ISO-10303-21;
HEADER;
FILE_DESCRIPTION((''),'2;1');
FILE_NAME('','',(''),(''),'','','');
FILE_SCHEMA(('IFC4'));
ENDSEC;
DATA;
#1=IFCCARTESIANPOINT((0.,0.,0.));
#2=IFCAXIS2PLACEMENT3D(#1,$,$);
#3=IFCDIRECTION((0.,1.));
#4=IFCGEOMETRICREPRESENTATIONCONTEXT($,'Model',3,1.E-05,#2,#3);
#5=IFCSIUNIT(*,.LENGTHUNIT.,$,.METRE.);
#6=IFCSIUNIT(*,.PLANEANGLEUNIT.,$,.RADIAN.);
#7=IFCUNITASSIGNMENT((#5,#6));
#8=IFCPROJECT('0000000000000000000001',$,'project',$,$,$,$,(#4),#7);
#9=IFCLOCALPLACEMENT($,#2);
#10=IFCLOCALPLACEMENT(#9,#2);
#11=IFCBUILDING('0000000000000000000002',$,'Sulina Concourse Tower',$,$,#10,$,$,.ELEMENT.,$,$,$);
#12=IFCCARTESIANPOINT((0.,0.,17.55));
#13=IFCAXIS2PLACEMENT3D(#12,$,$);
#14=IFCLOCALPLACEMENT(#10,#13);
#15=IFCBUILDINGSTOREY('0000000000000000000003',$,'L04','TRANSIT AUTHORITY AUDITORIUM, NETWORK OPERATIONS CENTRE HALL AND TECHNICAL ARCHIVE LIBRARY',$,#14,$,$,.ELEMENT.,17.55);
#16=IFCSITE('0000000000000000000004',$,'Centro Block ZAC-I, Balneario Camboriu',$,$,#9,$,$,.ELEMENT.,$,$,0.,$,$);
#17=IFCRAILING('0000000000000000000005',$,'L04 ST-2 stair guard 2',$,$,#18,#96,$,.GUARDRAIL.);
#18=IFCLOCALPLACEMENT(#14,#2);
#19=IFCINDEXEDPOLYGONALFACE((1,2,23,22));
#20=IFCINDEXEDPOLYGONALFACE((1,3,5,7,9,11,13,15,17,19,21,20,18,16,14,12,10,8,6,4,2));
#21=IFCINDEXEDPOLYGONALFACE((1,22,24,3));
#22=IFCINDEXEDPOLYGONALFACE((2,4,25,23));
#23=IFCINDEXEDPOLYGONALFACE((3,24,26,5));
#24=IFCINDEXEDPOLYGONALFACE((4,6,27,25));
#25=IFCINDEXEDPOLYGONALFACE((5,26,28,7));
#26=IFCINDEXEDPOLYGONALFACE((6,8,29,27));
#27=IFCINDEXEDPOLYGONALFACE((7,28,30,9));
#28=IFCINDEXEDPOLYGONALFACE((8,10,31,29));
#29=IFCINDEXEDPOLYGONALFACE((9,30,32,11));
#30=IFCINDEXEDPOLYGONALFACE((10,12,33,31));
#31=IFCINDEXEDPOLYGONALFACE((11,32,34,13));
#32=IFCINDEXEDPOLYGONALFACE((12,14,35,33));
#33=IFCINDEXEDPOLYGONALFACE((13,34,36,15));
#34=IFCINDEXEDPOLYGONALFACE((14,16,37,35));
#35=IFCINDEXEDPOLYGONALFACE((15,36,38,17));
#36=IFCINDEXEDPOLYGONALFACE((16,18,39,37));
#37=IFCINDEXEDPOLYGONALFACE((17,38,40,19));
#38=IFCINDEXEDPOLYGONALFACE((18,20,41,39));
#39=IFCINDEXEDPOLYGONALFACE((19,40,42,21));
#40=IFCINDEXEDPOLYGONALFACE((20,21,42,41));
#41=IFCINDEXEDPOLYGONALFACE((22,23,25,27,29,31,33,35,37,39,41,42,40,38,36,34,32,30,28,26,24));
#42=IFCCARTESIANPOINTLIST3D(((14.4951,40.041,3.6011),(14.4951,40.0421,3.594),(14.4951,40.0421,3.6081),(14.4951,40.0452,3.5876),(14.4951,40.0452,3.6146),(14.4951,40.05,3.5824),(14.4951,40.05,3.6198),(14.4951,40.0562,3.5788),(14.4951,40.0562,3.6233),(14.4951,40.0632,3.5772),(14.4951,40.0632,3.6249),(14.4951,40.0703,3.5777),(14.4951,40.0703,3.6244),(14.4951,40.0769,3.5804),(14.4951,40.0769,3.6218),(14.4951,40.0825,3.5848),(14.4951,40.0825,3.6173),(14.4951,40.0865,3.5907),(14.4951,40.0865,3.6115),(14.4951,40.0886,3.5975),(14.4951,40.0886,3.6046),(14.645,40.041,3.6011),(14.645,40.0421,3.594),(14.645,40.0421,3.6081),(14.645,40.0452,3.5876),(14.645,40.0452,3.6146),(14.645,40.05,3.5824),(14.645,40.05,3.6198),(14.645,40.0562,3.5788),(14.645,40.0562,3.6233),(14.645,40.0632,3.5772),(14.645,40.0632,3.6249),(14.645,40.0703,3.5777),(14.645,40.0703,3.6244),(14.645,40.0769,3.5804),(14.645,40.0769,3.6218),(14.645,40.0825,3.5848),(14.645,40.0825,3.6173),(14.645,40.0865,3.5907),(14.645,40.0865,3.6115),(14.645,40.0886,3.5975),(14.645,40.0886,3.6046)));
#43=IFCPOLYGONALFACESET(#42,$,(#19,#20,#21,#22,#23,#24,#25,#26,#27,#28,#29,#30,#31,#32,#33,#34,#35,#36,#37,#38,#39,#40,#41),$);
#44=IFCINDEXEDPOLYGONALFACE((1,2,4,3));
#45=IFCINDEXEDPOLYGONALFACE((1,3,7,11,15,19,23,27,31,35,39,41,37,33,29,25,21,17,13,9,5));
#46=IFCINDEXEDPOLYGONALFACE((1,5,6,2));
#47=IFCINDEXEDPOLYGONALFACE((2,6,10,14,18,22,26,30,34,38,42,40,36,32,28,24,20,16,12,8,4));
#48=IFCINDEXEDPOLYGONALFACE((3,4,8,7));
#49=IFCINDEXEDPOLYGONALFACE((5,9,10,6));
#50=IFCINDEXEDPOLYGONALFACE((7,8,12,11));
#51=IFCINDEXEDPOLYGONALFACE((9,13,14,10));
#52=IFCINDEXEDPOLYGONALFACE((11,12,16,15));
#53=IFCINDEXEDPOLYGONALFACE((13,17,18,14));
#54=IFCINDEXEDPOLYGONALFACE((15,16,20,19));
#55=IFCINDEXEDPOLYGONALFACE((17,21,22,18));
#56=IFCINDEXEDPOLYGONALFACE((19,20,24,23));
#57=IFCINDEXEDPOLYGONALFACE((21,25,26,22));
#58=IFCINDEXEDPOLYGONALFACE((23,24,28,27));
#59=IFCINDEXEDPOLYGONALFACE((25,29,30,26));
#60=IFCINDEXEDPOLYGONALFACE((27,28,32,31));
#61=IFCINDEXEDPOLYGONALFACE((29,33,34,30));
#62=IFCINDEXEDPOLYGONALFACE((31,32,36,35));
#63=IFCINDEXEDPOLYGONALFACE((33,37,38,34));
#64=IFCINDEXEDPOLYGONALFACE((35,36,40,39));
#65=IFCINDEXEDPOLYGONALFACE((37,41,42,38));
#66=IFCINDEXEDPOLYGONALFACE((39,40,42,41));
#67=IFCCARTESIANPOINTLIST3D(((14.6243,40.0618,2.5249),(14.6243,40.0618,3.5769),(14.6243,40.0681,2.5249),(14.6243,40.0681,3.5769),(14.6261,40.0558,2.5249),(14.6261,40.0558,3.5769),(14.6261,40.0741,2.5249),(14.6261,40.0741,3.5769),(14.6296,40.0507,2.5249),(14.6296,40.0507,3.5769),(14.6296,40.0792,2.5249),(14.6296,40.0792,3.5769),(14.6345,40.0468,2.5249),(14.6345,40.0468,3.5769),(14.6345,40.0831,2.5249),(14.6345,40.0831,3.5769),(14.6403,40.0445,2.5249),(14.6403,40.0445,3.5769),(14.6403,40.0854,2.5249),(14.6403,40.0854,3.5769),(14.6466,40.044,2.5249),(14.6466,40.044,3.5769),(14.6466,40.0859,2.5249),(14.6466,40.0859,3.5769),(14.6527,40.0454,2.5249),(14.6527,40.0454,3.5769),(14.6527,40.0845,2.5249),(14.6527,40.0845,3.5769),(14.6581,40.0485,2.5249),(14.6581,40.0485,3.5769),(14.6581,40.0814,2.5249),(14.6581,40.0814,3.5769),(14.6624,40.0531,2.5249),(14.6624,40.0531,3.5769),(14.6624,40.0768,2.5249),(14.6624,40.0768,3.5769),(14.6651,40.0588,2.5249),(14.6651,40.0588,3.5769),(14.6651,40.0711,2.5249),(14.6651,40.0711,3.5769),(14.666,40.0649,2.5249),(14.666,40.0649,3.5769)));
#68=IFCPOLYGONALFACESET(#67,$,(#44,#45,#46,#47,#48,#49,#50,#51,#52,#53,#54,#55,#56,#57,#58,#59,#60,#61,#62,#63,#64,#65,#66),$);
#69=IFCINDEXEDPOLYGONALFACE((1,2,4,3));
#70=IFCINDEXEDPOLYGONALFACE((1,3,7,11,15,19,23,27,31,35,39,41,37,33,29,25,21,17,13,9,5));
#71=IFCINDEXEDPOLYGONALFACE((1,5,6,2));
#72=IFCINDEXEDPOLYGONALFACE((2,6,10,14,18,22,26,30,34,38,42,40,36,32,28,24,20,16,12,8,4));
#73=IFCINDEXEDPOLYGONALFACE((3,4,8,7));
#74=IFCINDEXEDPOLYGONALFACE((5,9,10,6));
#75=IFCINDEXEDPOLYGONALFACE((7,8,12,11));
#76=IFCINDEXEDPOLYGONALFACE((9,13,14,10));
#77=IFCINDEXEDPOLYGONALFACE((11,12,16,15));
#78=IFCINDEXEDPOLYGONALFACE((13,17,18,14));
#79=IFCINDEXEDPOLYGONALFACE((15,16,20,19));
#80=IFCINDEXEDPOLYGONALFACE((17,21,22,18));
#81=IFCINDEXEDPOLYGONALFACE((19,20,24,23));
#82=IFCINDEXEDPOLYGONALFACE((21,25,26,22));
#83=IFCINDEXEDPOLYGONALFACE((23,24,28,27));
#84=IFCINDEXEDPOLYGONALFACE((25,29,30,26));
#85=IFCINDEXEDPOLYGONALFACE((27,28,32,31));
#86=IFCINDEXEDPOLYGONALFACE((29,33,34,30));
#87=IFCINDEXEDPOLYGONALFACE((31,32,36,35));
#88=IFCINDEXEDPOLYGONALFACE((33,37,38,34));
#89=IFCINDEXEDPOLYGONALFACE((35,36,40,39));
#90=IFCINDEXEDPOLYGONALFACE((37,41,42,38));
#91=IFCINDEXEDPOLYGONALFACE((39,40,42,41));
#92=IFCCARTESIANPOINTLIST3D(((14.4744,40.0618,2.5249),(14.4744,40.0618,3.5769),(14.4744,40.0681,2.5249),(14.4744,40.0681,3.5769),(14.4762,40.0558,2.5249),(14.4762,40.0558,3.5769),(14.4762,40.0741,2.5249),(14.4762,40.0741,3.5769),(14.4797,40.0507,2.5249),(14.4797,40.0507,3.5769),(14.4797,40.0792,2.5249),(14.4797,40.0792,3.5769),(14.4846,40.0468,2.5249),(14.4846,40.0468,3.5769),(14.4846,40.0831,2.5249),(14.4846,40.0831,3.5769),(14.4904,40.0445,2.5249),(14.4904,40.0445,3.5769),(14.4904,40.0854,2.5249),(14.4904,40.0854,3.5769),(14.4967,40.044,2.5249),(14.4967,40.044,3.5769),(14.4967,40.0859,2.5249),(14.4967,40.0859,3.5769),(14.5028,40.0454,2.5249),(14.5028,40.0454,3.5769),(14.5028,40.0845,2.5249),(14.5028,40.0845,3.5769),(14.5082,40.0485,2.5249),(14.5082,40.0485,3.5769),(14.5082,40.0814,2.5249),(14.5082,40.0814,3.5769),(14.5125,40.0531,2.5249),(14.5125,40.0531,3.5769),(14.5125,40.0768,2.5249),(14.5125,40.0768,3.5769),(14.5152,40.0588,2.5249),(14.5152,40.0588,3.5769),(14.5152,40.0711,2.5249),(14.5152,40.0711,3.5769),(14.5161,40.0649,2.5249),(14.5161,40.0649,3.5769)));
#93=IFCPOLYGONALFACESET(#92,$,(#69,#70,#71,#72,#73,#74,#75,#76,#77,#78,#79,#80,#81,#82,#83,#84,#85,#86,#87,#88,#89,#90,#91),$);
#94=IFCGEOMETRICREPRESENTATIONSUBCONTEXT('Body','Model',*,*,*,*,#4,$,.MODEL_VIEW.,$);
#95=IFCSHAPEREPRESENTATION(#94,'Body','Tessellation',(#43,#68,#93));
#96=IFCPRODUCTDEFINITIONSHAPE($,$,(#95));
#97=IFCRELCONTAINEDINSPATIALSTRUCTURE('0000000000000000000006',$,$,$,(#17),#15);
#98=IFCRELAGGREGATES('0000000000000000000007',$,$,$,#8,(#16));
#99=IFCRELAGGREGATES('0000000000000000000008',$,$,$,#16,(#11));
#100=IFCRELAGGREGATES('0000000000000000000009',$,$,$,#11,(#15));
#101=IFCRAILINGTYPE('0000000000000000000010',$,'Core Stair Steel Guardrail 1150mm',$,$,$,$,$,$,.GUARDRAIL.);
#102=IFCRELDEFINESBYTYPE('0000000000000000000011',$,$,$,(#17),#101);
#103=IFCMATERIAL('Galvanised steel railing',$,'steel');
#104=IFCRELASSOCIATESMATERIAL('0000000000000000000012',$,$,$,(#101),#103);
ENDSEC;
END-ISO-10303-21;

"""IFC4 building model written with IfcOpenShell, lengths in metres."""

from ifc_helpers import new_model, si_unit, direction, frame, origin, origin_2d, place, context, subcontext, project, spatial, circle, extrude, material, type_object, element, save


model = new_model("IFC4")

# Units and contexts
model_context = context("Model", 3, precision=1e-05, world=origin(), true_north=direction((0.0, 1.0)))
body_context = subcontext(model_context, "Body", "Model", "MODEL_VIEW")
ifc_project = project(units=[si_unit("LENGTHUNIT", "METRE"), si_unit("PLANEANGLEUNIT", "RADIAN")], contexts=[model_context])

# Site, building, storey
site_placement = place(None, origin())
site = spatial("IfcSite", under=ifc_project, at=site_placement, Name="Centro Block ZAC-I, Balneario Camboriu", CompositionType="ELEMENT", RefElevation=0.0)
building_placement = place(site_placement, origin())
building = spatial("IfcBuilding", under=site, at=building_placement, Name="Sulina Concourse Tower", CompositionType="ELEMENT")
storey_placement = place(building_placement, frame((0.0, 0.0, 17.55)))
storey = spatial("IfcBuildingStorey", under=building, at=storey_placement, Name="L04", Description="TRANSIT AUTHORITY AUDITORIUM, NETWORK OPERATIONS CENTRE HALL AND TECHNICAL ARCHIVE LIBRARY", CompositionType="ELEMENT", Elevation=17.55)

# Railing
ifc_material_1 = material(Name="Galvanised steel railing", Category="steel")
railing_type_1 = type_object("IfcRailingType", Name="Core Stair Steel Guardrail 1150mm", PredefinedType="GUARDRAIL", material=ifc_material_1)
railing_1_placement = place(storey_placement, frame((14.645, 40.0649, 2.5249)))
element("IfcRailing", 1, at=railing_1_placement, inside=storey, type_object=railing_type_1, Name="L04 ST-2 stair guard 2", PredefinedType="GUARDRAIL", context=body_context, shape_type="SweptSolid", body=[
    extrude(circle(Radius=0.0239, at=origin_2d()), frame((0.0, 0.0, 1.0762), z_axis=(-1.0, 0.0, 0.0), x_axis=(0.0, -1.0, 0.0)), (0.0, 0.0, 1.0), 0.1499),
    extrude(circle(Radius=0.021, at=origin_2d()), origin(), (0.0, 0.0, 1.0), 1.052),
    extrude(circle(Radius=0.021, at=origin_2d()), frame((-0.1499, 0.0, 0.0)), (0.0, 0.0, 1.0), 1.052),
])

save(model, "model.ifc")
